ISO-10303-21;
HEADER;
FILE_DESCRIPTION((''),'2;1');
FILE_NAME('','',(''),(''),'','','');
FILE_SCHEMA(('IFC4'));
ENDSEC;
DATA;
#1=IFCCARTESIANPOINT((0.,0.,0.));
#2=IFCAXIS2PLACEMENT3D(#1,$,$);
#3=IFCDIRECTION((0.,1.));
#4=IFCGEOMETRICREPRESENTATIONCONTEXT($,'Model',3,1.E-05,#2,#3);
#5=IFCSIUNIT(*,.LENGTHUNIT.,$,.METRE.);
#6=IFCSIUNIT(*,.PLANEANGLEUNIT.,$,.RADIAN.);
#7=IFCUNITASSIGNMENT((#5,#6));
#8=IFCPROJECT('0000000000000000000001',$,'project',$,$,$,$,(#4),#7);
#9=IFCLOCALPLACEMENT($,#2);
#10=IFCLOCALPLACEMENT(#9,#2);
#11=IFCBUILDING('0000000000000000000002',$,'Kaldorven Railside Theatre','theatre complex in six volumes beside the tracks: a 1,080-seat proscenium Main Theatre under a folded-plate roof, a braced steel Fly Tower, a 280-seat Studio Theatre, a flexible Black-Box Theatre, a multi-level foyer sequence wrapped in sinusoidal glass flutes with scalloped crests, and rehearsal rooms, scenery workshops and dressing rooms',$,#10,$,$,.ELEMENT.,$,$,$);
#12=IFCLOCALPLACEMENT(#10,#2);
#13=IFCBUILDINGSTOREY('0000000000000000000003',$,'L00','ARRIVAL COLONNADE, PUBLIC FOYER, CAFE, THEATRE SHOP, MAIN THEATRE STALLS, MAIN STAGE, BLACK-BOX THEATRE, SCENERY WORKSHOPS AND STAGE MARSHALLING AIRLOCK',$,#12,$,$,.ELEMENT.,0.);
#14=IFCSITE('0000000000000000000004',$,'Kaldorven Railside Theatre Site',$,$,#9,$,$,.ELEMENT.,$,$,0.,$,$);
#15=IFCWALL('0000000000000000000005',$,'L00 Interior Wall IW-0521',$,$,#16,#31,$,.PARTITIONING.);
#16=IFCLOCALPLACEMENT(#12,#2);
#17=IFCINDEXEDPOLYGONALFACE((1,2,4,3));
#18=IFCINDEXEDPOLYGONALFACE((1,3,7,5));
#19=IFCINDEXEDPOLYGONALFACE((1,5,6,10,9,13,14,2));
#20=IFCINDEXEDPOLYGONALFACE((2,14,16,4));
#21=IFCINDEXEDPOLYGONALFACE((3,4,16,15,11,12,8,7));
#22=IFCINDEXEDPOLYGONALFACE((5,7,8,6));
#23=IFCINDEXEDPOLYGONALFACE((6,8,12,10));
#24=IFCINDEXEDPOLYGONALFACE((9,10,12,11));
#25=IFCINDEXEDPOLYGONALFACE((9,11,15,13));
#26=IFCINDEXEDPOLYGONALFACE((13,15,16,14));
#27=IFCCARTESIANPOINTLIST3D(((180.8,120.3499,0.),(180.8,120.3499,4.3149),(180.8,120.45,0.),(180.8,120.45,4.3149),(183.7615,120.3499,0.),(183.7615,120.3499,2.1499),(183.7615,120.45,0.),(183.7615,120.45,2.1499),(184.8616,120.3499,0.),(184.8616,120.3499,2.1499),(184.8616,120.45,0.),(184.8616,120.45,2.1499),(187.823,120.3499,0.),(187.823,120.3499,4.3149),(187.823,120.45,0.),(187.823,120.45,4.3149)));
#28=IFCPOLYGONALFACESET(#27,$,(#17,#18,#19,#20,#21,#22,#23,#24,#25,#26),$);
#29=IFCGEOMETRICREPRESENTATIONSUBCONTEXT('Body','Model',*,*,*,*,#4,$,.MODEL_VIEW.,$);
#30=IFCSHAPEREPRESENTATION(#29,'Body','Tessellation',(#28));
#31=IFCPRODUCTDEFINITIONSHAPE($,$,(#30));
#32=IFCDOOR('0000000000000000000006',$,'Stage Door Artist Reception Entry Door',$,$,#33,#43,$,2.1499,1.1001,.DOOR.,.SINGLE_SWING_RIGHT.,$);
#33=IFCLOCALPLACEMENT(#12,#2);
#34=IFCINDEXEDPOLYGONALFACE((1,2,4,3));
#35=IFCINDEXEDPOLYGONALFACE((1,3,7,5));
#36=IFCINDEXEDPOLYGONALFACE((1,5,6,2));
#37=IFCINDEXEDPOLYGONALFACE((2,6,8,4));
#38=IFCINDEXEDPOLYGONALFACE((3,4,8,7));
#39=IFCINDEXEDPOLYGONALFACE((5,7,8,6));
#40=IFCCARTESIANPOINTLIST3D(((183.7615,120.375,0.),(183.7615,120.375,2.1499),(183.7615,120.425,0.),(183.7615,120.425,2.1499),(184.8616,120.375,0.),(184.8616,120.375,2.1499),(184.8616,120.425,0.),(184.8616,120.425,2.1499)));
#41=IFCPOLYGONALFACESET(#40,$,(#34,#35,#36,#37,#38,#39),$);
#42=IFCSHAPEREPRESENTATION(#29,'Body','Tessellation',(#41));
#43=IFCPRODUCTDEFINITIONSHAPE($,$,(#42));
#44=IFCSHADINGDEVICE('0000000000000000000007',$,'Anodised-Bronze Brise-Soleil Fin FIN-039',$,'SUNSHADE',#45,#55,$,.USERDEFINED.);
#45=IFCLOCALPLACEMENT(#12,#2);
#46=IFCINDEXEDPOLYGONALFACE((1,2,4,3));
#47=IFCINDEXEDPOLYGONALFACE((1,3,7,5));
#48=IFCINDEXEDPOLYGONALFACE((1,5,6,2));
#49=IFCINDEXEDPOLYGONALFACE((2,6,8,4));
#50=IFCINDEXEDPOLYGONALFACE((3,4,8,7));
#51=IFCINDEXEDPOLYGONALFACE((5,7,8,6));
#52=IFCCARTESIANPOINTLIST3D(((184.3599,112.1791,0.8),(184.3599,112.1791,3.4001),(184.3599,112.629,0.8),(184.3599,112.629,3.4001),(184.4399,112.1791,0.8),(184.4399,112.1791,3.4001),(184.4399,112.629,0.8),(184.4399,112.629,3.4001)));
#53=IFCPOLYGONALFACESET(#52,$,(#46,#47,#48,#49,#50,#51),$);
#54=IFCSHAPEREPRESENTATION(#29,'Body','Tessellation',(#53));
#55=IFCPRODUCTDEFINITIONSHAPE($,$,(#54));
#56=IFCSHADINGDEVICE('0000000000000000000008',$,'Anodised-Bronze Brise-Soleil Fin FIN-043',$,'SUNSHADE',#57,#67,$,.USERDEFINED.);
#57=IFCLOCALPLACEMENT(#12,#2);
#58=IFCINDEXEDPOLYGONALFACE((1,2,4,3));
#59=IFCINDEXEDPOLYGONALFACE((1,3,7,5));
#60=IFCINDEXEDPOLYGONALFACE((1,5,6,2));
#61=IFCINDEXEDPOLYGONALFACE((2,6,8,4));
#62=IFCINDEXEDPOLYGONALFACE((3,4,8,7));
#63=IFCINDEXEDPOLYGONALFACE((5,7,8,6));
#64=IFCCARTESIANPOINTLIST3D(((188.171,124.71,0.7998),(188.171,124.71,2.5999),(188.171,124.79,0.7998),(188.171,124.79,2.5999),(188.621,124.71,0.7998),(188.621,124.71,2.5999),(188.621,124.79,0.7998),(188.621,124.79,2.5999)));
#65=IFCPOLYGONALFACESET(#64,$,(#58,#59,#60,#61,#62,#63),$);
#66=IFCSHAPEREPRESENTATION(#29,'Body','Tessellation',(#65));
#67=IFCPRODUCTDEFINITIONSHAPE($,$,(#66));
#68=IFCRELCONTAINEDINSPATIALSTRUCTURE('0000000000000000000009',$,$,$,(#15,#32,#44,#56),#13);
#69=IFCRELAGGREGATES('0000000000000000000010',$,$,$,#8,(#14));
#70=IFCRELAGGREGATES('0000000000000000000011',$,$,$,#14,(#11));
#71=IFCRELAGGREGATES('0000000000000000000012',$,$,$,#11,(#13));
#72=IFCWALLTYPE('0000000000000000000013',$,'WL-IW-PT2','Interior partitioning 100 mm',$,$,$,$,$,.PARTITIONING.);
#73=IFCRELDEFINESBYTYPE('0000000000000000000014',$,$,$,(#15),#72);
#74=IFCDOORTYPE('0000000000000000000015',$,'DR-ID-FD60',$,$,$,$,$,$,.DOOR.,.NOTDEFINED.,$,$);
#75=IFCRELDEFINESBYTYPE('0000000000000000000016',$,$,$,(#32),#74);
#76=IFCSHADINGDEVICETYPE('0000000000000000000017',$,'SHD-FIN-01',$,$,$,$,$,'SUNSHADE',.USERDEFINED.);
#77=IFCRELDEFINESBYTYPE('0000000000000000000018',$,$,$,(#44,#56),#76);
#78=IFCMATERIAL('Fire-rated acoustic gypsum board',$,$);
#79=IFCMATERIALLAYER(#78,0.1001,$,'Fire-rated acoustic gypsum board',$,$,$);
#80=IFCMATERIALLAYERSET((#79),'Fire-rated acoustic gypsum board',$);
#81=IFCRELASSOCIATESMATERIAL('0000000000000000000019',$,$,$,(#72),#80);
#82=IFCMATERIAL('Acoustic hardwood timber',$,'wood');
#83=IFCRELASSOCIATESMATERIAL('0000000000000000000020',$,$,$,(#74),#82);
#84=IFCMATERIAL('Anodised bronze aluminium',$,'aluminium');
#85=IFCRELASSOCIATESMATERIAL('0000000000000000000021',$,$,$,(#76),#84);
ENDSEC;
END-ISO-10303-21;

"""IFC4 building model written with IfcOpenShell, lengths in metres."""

from ifc_helpers import new_model, si_unit, direction, frame, frame_2d, origin, origin_2d, place, context, subcontext, project, spatial, rectangle, extrude, material, layer, layer_set, type_object, element, fill, save


model = new_model("IFC4")

# Units and contexts
model_context = context("Model", 3, precision=1e-05, world=origin(), true_north=direction((0.0, 1.0)))
body_context = subcontext(model_context, "Body", "Model", "MODEL_VIEW")
ifc_project = project(units=[si_unit("LENGTHUNIT", "METRE"), si_unit("PLANEANGLEUNIT", "RADIAN")], contexts=[model_context])

# Site, building, storey
site_placement = place(None, origin())
site = spatial("IfcSite", under=ifc_project, at=site_placement, Name="Kaldorven Railside Theatre Site", CompositionType="ELEMENT", RefElevation=0.0)
building_placement = place(site_placement, origin())
building = spatial("IfcBuilding", under=site, at=building_placement, Name="Kaldorven Railside Theatre", Description="theatre complex in six volumes beside the tracks: a 1,080-seat proscenium Main Theatre under a folded-plate roof, a braced steel Fly Tower, a 280-seat Studio Theatre, a flexible Black-Box Theatre, a multi-level foyer sequence wrapped in sinusoidal glass flutes with scalloped crests, and rehearsal rooms, scenery workshops and dressing rooms", CompositionType="ELEMENT")
storey_placement = place(building_placement, origin())
storey = spatial("IfcBuildingStorey", under=building, at=storey_placement, Name="L00", Description="ARRIVAL COLONNADE, PUBLIC FOYER, CAFE, THEATRE SHOP, MAIN THEATRE STALLS, MAIN STAGE, BLACK-BOX THEATRE, SCENERY WORKSHOPS AND STAGE MARSHALLING AIRLOCK", CompositionType="ELEMENT", Elevation=0.0)

# Wall, opening, door
ifc_material_1 = material(Name="Fire-rated acoustic gypsum board")
ifc_layer_1 = layer(ifc_material_1, 0.1001, Name="Fire-rated acoustic gypsum board")
ifc_layer_set_1 = layer_set([ifc_layer_1], Name="Fire-rated acoustic gypsum board")
wall_type_1 = type_object("IfcWallType", Name="WL-IW-PT2", Description="Interior partitioning 100 mm", PredefinedType="PARTITIONING", material=ifc_layer_set_1)
wall_1_placement = place(storey_placement, frame((187.823, 120.3999, 0.0), z_axis=(0.0, 0.0, 1.0), x_axis=(-1.0, 0.0, 0.0)))
wall_1 = element("IfcWall", 1, at=wall_1_placement, inside=storey, type_object=wall_type_1, Name="L00 Interior Wall IW-0521", PredefinedType="PARTITIONING", context=body_context, shape_type="SweptSolid", body=[
    extrude(rectangle(XDim=7.0229, YDim=0.1001, at=frame_2d((3.5115, 0.0))), origin(), (0.0, 0.0, 1.0), 4.3149),
])
opening_1_placement = place(wall_1_placement, frame((2.9614, 0.0, 0.0)))
opening_1 = element("IfcOpeningElement", 2, at=opening_1_placement, cuts=wall_1, PredefinedType="OPENING", context=body_context, shape_type="SweptSolid", body=[
    extrude(rectangle(XDim=1.1001, YDim=2.1499, at=frame_2d((0.55, 1.075))), frame((0.0, 0.0601, 0.0), z_axis=(0.0, -1.0, 0.0), x_axis=(1.0, 0.0, 0.0)), (0.0, 0.0, 1.0), 0.1201),
])
ifc_material_2 = material(Name="Acoustic hardwood timber", Category="wood")
door_type_1 = type_object("IfcDoorType", Name="DR-ID-FD60", OperationType="NOTDEFINED", PredefinedType="DOOR", material=ifc_material_2)
door_1_placement = place(opening_1_placement, origin())
door_1 = element("IfcDoor", 3, at=door_1_placement, inside=storey, type_object=door_type_1, Name="Stage Door Artist Reception Entry Door", OperationType="SINGLE_SWING_RIGHT", OverallHeight=2.1499, OverallWidth=1.1001, PredefinedType="DOOR", context=body_context, shape_type="SweptSolid", body=[
    extrude(rectangle(XDim=1.1001, YDim=2.1499, at=frame_2d((0.55, 1.075))), frame((0.0, 0.0249, 0.0), z_axis=(0.0, -1.0, 0.0), x_axis=(1.0, 0.0, 0.0)), (0.0, 0.0, 1.0), 0.05),
])
fill(opening_1, door_1)

# Shading devices
ifc_material_3 = material(Name="Anodised bronze aluminium", Category="aluminium")
shading_device_type = type_object("IfcShadingDeviceType", Name="SHD-FIN-01", ElementType="SUNSHADE", PredefinedType="USERDEFINED", material=ifc_material_3)
shading_device_1_placement = place(storey_placement, frame((184.3999, 112.4041, 0.8), z_axis=(0.0, 0.0, 1.0), x_axis=(-1.0, 0.0, 0.0)))
element("IfcShadingDevice", 4, at=shading_device_1_placement, inside=storey, type_object=shading_device_type, Name="Anodised-Bronze Brise-Soleil Fin FIN-039", ObjectType="SUNSHADE", PredefinedType="USERDEFINED", context=body_context, shape_type="SweptSolid", body=[
    extrude(rectangle(XDim=0.0801, YDim=0.45, at=origin_2d()), origin(), (0.0, 0.0, 1.0), 2.6001),
])
shading_device_2_placement = place(storey_placement, frame((188.396, 124.75, 0.7998), z_axis=(0.0, 0.0, 1.0), x_axis=(0.0, -1.0, 0.0)))
element("IfcShadingDevice", 5, at=shading_device_2_placement, inside=storey, type_object=shading_device_type, Name="Anodised-Bronze Brise-Soleil Fin FIN-043", ObjectType="SUNSHADE", PredefinedType="USERDEFINED", context=body_context, shape_type="SweptSolid", body=[
    extrude(rectangle(XDim=0.0801, YDim=0.45, at=origin_2d()), origin(), (0.0, 0.0, 1.0), 1.8),
])

save(model, "model.ifc")
